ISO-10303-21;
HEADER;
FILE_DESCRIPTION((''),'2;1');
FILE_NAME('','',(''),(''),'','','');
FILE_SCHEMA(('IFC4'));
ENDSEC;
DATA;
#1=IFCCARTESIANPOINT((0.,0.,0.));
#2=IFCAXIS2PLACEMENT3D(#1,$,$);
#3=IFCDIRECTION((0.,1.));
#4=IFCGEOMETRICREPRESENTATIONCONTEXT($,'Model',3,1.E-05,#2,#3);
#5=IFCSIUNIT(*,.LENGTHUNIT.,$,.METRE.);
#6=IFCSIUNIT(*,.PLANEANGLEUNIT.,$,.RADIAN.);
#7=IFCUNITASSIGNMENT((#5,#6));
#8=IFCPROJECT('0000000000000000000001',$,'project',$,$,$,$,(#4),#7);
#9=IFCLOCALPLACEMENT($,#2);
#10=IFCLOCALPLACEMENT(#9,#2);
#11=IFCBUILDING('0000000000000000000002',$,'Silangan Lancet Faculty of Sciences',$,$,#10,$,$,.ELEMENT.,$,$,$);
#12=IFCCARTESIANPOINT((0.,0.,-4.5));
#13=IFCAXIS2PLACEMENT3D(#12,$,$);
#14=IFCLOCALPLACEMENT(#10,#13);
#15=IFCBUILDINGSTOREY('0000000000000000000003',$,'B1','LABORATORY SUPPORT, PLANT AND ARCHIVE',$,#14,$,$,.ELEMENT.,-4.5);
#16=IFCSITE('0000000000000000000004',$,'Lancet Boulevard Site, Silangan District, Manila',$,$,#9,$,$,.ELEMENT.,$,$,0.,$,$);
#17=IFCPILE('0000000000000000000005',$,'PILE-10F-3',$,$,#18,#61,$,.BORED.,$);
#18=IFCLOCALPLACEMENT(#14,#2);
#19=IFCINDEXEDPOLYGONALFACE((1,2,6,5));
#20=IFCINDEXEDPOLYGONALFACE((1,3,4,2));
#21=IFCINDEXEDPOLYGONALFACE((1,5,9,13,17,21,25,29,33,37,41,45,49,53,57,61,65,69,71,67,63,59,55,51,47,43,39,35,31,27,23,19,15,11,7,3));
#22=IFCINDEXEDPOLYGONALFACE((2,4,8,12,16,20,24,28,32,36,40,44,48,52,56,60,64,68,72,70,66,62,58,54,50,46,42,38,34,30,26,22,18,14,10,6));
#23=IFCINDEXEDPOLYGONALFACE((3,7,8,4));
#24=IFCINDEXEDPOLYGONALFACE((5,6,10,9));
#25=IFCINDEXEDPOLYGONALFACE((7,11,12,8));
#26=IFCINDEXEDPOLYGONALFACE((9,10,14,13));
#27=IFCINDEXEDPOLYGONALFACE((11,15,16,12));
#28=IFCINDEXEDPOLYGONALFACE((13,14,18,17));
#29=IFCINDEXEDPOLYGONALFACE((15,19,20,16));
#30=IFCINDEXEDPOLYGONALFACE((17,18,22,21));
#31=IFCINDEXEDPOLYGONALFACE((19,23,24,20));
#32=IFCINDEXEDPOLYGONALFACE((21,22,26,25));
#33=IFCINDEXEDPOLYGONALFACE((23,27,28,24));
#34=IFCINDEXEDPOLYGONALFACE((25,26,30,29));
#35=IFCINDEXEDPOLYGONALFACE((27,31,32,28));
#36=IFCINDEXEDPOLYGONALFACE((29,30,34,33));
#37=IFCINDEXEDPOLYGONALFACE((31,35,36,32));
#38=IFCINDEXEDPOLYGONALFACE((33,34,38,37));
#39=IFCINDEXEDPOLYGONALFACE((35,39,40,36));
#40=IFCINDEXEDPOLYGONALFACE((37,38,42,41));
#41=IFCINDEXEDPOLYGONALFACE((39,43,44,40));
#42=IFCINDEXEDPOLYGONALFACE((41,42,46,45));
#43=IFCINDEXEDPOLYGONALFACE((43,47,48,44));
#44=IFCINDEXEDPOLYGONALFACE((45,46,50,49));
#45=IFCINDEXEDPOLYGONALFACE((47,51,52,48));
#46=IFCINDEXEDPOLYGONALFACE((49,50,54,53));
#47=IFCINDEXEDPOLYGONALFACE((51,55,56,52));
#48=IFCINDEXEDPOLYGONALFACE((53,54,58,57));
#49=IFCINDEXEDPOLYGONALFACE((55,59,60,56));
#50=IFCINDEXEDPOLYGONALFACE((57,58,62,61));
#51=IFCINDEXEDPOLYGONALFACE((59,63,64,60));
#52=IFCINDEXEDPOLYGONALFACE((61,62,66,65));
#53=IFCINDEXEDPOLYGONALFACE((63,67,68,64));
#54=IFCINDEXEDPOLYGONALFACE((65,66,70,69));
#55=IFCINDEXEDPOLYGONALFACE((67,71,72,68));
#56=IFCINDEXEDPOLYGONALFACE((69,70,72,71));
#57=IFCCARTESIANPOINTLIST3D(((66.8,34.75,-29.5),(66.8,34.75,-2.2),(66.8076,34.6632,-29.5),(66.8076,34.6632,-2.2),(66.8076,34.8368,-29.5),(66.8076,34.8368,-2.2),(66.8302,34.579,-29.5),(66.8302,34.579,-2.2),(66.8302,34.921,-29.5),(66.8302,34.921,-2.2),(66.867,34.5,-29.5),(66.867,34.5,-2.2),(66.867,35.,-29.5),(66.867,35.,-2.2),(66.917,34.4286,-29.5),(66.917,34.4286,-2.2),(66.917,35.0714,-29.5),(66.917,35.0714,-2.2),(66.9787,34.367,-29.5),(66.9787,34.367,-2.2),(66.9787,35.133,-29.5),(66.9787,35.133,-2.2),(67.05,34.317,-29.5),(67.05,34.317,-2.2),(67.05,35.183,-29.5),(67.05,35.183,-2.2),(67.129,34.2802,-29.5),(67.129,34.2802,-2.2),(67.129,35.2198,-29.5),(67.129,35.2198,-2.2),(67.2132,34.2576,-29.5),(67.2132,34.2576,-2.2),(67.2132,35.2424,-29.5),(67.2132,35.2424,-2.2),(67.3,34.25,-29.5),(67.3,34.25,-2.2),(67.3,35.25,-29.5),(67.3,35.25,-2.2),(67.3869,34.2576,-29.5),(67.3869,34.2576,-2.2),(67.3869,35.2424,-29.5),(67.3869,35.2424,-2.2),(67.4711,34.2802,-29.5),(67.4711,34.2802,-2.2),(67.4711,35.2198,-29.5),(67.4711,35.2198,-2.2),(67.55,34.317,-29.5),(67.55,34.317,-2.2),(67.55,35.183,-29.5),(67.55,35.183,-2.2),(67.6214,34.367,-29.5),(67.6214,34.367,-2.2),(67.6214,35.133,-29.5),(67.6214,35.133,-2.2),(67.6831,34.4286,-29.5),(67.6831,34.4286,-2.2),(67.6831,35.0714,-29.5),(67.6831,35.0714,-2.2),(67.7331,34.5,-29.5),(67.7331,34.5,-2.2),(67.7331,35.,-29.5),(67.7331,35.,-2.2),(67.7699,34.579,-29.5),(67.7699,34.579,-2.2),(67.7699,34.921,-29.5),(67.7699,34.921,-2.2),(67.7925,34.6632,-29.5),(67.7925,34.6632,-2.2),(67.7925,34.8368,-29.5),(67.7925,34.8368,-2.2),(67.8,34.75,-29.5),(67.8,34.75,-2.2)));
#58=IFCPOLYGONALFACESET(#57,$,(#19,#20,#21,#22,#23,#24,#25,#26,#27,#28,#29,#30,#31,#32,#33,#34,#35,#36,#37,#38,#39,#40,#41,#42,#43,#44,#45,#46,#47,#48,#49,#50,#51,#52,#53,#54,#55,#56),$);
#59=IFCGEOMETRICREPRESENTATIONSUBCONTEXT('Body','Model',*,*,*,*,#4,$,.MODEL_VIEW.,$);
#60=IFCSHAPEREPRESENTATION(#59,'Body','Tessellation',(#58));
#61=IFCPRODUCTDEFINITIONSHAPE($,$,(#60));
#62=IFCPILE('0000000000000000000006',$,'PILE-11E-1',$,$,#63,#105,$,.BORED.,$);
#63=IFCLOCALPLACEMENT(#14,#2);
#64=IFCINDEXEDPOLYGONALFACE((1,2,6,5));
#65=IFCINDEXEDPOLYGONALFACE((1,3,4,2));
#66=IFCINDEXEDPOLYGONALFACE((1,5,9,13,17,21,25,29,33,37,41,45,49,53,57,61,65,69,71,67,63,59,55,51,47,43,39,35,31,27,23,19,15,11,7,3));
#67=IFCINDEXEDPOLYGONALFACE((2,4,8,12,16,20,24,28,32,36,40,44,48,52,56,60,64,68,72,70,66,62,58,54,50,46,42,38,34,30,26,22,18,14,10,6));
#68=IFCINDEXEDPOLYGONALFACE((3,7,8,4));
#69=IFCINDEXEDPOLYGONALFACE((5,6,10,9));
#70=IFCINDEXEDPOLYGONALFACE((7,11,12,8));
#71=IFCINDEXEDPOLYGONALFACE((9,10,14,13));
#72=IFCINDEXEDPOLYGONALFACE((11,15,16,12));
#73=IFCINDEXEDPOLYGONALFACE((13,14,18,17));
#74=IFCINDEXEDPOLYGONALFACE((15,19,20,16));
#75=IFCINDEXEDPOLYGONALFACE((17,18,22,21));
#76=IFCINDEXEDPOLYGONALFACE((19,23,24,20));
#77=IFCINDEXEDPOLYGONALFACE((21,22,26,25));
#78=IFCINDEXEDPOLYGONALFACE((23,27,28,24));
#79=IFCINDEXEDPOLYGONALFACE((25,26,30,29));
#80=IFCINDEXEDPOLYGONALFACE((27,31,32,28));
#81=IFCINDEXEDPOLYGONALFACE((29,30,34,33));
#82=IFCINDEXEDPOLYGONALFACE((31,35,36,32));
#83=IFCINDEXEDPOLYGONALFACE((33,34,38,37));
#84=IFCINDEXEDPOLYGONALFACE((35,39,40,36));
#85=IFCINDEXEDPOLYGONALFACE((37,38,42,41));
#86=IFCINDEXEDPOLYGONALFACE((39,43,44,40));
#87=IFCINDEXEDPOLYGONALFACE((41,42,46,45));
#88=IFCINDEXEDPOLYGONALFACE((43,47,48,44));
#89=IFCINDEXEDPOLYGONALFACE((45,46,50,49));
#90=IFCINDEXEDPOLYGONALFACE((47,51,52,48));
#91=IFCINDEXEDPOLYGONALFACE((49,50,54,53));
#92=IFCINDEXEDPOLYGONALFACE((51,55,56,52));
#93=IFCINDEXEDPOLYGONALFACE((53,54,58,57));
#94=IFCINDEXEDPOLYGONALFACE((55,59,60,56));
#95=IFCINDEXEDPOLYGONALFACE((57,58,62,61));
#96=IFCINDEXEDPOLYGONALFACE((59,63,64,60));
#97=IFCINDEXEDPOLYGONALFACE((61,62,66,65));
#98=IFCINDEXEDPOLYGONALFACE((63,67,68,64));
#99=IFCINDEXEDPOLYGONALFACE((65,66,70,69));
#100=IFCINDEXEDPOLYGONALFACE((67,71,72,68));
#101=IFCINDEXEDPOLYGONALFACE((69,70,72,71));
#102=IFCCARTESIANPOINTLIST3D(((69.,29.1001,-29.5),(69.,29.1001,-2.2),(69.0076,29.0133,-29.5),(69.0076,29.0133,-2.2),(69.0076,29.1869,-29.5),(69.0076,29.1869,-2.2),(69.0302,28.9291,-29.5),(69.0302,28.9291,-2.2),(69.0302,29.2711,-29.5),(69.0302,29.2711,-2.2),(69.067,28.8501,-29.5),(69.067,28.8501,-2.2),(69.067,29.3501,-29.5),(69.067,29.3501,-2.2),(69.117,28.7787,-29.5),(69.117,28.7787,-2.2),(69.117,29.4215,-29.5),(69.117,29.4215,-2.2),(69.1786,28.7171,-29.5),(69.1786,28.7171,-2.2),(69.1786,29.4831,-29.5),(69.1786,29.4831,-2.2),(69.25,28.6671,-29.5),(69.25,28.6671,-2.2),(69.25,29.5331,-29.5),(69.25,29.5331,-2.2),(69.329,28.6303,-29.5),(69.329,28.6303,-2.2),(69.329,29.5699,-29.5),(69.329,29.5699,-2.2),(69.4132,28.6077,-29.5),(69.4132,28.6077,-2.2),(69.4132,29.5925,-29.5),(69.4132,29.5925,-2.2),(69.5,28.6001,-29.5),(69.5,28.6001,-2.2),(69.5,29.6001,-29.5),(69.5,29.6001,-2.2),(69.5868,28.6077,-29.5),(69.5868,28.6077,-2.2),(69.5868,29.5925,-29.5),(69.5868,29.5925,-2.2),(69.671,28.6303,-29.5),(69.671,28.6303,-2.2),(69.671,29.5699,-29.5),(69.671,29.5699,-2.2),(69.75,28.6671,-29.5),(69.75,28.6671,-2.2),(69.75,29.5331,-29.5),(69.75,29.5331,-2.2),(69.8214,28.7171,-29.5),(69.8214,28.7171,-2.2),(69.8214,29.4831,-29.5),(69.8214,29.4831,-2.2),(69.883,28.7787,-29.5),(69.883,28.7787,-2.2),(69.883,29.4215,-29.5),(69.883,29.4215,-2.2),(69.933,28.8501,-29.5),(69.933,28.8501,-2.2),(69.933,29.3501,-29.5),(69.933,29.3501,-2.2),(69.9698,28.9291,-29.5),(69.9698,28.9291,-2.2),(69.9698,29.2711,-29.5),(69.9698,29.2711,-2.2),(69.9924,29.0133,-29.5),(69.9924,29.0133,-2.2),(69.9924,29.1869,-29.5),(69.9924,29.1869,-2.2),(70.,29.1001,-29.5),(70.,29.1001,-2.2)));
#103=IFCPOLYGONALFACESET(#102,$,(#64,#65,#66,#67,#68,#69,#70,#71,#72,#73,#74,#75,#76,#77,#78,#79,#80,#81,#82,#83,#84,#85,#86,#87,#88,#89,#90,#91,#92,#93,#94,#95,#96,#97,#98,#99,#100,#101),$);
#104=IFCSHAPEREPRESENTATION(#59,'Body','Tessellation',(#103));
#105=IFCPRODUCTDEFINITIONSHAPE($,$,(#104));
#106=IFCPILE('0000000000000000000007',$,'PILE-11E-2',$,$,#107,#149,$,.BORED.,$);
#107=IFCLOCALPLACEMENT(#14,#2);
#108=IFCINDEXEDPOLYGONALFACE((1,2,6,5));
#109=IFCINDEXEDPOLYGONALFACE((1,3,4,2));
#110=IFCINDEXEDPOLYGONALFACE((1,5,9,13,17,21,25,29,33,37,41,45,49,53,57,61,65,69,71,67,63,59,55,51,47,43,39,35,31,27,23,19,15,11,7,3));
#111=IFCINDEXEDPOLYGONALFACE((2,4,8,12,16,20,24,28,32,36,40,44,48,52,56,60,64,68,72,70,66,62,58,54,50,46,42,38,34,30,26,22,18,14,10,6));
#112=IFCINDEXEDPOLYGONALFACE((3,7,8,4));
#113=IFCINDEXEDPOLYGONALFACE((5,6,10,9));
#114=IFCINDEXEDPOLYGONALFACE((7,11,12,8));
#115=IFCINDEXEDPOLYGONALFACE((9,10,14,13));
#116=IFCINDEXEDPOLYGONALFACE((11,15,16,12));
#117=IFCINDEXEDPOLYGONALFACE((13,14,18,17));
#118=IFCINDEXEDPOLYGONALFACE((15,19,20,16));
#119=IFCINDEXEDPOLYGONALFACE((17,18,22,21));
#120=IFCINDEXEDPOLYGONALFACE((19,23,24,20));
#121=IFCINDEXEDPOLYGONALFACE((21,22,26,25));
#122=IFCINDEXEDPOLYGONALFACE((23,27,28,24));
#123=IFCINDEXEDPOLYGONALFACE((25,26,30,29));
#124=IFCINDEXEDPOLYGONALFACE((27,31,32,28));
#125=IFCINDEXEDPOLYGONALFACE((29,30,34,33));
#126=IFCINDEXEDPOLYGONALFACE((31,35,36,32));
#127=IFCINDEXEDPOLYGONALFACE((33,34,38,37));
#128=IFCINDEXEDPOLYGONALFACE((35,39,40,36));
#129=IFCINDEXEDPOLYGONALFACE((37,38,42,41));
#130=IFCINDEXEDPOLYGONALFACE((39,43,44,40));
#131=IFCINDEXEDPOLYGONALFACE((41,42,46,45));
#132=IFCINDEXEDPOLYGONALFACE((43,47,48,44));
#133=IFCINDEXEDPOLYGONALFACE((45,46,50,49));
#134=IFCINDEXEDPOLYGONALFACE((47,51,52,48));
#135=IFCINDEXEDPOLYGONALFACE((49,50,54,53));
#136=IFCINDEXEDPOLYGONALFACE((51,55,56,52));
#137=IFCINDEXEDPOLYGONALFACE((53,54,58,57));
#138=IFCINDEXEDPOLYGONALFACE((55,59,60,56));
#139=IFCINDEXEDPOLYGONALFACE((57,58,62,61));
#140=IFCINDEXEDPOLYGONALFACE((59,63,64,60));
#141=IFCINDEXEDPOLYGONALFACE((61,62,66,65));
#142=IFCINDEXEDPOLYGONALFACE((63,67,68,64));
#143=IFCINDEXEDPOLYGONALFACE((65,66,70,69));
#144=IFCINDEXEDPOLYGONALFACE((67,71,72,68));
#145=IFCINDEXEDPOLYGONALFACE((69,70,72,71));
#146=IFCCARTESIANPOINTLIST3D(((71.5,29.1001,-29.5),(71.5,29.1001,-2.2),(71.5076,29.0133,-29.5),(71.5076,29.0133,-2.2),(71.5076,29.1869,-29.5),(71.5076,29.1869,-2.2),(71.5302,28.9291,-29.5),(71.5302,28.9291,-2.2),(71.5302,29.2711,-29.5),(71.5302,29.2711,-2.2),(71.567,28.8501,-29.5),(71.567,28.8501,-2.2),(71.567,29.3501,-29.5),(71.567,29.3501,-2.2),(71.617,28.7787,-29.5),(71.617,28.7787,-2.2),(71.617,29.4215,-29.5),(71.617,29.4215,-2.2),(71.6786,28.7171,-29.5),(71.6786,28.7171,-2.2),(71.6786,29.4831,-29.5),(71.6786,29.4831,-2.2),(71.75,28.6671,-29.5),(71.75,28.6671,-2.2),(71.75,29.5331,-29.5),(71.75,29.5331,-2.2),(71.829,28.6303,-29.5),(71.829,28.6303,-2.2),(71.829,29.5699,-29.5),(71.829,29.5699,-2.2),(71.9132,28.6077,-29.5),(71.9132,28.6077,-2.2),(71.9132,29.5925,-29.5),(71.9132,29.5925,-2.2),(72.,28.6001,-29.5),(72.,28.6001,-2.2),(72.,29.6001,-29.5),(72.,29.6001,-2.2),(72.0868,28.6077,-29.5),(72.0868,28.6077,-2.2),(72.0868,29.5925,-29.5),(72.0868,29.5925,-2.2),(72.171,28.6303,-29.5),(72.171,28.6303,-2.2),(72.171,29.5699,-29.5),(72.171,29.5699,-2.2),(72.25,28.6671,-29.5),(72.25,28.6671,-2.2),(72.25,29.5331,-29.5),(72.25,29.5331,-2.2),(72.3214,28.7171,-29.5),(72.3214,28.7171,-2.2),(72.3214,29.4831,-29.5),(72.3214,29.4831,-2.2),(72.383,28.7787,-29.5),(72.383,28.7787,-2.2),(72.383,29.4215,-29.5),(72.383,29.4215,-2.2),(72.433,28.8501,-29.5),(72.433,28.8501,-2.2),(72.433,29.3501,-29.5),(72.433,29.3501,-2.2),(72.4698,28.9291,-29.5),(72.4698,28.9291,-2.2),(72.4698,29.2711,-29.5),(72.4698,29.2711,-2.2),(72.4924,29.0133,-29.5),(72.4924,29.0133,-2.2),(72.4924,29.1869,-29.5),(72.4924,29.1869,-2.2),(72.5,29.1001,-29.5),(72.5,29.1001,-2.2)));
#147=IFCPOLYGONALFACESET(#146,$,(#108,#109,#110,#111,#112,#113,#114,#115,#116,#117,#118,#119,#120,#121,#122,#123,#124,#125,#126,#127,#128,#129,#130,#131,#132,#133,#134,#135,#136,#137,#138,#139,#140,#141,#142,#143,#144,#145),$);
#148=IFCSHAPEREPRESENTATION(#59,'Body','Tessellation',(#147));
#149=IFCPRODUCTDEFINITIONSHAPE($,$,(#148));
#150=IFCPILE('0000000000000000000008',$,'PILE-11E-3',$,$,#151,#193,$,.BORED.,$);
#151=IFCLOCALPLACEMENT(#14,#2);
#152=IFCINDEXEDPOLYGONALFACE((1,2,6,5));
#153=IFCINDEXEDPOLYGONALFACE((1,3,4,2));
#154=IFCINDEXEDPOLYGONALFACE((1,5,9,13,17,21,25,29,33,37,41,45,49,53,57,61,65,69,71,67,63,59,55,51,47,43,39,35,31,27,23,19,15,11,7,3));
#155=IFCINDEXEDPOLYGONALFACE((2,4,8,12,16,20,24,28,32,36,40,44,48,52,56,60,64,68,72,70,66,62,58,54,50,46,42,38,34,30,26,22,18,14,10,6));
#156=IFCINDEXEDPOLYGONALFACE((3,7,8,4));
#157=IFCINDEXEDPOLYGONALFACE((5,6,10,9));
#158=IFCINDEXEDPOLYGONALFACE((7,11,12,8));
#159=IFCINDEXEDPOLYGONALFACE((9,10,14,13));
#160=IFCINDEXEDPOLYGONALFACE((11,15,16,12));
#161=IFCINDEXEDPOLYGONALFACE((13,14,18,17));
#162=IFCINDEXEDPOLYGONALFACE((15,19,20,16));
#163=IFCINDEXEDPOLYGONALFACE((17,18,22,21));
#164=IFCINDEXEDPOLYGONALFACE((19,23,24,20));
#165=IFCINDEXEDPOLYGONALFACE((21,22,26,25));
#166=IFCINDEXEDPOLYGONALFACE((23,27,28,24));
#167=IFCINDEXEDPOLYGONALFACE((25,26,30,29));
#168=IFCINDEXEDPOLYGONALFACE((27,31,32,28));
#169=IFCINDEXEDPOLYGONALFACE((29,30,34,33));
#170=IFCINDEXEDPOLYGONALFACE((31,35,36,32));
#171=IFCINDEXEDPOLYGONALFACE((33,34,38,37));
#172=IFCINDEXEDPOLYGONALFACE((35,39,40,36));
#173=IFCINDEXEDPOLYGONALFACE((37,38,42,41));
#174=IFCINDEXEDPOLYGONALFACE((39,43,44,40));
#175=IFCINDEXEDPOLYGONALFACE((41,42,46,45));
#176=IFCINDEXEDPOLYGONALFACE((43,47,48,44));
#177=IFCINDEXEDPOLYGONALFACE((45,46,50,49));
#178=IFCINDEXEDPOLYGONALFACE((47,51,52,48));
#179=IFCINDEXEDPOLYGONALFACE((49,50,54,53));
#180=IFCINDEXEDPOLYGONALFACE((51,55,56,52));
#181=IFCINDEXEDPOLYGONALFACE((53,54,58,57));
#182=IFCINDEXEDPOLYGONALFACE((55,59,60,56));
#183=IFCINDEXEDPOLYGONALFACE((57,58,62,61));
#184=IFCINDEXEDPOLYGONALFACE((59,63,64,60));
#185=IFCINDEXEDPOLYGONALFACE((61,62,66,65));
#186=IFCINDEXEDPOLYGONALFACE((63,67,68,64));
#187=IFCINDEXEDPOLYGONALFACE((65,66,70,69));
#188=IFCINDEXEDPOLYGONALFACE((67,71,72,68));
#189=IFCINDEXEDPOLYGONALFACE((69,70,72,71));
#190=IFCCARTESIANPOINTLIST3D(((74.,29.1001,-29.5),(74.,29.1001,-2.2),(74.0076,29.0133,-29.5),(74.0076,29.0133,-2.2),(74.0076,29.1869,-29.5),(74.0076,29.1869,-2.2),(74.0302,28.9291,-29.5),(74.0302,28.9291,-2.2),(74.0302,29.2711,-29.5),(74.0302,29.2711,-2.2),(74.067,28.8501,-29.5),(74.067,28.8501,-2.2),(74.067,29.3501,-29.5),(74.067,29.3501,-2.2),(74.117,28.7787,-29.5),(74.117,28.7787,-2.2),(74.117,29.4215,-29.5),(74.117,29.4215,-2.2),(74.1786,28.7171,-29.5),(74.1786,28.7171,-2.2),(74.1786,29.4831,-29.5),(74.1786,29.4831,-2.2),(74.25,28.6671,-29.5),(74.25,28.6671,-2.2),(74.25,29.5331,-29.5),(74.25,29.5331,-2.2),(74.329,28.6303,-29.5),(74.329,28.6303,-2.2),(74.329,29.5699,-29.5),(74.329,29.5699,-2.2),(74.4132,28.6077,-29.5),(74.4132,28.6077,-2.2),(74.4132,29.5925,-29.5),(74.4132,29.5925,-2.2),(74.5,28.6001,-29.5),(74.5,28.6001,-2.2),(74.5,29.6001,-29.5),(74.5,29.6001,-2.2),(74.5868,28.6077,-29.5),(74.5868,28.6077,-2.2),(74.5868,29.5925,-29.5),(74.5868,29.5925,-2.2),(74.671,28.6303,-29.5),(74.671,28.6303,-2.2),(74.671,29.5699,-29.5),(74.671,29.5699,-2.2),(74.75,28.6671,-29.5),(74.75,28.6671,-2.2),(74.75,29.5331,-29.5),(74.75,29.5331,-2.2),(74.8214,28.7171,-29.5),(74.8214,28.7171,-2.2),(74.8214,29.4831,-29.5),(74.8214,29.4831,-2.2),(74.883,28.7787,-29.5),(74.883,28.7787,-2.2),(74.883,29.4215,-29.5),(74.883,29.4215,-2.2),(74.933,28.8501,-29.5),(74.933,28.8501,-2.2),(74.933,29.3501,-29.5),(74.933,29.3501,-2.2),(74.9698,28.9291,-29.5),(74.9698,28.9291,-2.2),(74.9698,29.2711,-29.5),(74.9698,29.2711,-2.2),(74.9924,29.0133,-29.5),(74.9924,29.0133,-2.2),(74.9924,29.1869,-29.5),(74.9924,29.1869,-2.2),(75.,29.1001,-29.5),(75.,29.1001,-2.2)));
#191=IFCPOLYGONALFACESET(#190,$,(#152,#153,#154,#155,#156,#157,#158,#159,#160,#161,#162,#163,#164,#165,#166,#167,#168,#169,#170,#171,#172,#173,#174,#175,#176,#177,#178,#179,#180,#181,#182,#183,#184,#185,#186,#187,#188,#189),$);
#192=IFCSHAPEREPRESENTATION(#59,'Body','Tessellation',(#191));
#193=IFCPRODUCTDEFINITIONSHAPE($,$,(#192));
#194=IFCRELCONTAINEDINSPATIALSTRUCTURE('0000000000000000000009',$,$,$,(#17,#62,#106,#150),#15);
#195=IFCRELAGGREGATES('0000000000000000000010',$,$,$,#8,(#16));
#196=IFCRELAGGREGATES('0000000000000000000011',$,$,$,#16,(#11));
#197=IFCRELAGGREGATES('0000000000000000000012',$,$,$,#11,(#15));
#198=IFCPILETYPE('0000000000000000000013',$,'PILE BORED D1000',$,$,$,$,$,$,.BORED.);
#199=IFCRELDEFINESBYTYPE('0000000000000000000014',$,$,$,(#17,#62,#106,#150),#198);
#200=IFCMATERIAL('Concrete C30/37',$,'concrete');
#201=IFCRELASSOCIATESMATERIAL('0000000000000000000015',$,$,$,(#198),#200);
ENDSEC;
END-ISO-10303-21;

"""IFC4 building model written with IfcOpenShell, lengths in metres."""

from ifc_helpers import new_model, si_unit, direction, frame, origin, origin_2d, place, context, subcontext, project, spatial, circle, extrude, material, material_profile, profile_set, type_object, element, save


model = new_model("IFC4")

# Units and contexts
model_context = context("Model", 3, precision=1e-05, world=origin(), true_north=direction((0.0, 1.0)))
body_context = subcontext(model_context, "Body", "Model", "MODEL_VIEW")
ifc_project = project(units=[si_unit("LENGTHUNIT", "METRE"), si_unit("PLANEANGLEUNIT", "RADIAN")], contexts=[model_context])

# Site, building, storey
site_placement = place(None, origin())
site = spatial("IfcSite", under=ifc_project, at=site_placement, Name="Lancet Boulevard Site, Silangan District, Manila", CompositionType="ELEMENT", RefElevation=0.0)
building_placement = place(site_placement, origin())
building = spatial("IfcBuilding", under=site, at=building_placement, Name="Silangan Lancet Faculty of Sciences", CompositionType="ELEMENT")
storey_placement = place(building_placement, frame((0.0, 0.0, -4.5)))
storey = spatial("IfcBuildingStorey", under=building, at=storey_placement, Name="B1", Description="LABORATORY SUPPORT, PLANT AND ARCHIVE", CompositionType="ELEMENT", Elevation=-4.5)

# Piles
ifc_material_1 = material(Name="Concrete C30/37", Category="concrete")
ifc_material_profile_1 = material_profile(ifc_material_1, circle(Radius=0.5, at=origin_2d()), Name="BORED PILE D1000")
ifc_profile_set_1 = profile_set([ifc_material_profile_1], Name="Concrete C30/37")
pile_type = type_object("IfcPileType", Name="PILE BORED D1000", PredefinedType="BORED", material=ifc_profile_set_1)
for number, where, z_axis, x_axis, name in (
    (1, (67.3, 34.75, -2.2), (0.0, 0.0, -1.0), (1.0, 0.0, 0.0), "PILE-10F-3"),
    (2, (69.5, 29.1001, -2.2), (0.0, 0.0, -1.0), (1.0, 0.0, 0.0), "PILE-11E-1"),
    (3, (72.0, 29.1001, -2.2), (0.0, 0.0, -1.0), (1.0, 0.0, 0.0), "PILE-11E-2"),
    (4, (74.5, 29.1001, -2.2), (0.0, 0.0, -1.0), (1.0, 0.0, 0.0), "PILE-11E-3"),
):
    element("IfcPile", number, at=place(storey_placement, frame(where, z_axis=z_axis, x_axis=x_axis)), inside=storey, type_object=pile_type, Name=name, PredefinedType="BORED", context=body_context, shape_type="SweptSolid", body=[
        extrude(circle(Radius=0.5, at=origin_2d()), origin(), (0.0, 0.0, 1.0), 27.3),
    ])

save(model, "model.ifc")
